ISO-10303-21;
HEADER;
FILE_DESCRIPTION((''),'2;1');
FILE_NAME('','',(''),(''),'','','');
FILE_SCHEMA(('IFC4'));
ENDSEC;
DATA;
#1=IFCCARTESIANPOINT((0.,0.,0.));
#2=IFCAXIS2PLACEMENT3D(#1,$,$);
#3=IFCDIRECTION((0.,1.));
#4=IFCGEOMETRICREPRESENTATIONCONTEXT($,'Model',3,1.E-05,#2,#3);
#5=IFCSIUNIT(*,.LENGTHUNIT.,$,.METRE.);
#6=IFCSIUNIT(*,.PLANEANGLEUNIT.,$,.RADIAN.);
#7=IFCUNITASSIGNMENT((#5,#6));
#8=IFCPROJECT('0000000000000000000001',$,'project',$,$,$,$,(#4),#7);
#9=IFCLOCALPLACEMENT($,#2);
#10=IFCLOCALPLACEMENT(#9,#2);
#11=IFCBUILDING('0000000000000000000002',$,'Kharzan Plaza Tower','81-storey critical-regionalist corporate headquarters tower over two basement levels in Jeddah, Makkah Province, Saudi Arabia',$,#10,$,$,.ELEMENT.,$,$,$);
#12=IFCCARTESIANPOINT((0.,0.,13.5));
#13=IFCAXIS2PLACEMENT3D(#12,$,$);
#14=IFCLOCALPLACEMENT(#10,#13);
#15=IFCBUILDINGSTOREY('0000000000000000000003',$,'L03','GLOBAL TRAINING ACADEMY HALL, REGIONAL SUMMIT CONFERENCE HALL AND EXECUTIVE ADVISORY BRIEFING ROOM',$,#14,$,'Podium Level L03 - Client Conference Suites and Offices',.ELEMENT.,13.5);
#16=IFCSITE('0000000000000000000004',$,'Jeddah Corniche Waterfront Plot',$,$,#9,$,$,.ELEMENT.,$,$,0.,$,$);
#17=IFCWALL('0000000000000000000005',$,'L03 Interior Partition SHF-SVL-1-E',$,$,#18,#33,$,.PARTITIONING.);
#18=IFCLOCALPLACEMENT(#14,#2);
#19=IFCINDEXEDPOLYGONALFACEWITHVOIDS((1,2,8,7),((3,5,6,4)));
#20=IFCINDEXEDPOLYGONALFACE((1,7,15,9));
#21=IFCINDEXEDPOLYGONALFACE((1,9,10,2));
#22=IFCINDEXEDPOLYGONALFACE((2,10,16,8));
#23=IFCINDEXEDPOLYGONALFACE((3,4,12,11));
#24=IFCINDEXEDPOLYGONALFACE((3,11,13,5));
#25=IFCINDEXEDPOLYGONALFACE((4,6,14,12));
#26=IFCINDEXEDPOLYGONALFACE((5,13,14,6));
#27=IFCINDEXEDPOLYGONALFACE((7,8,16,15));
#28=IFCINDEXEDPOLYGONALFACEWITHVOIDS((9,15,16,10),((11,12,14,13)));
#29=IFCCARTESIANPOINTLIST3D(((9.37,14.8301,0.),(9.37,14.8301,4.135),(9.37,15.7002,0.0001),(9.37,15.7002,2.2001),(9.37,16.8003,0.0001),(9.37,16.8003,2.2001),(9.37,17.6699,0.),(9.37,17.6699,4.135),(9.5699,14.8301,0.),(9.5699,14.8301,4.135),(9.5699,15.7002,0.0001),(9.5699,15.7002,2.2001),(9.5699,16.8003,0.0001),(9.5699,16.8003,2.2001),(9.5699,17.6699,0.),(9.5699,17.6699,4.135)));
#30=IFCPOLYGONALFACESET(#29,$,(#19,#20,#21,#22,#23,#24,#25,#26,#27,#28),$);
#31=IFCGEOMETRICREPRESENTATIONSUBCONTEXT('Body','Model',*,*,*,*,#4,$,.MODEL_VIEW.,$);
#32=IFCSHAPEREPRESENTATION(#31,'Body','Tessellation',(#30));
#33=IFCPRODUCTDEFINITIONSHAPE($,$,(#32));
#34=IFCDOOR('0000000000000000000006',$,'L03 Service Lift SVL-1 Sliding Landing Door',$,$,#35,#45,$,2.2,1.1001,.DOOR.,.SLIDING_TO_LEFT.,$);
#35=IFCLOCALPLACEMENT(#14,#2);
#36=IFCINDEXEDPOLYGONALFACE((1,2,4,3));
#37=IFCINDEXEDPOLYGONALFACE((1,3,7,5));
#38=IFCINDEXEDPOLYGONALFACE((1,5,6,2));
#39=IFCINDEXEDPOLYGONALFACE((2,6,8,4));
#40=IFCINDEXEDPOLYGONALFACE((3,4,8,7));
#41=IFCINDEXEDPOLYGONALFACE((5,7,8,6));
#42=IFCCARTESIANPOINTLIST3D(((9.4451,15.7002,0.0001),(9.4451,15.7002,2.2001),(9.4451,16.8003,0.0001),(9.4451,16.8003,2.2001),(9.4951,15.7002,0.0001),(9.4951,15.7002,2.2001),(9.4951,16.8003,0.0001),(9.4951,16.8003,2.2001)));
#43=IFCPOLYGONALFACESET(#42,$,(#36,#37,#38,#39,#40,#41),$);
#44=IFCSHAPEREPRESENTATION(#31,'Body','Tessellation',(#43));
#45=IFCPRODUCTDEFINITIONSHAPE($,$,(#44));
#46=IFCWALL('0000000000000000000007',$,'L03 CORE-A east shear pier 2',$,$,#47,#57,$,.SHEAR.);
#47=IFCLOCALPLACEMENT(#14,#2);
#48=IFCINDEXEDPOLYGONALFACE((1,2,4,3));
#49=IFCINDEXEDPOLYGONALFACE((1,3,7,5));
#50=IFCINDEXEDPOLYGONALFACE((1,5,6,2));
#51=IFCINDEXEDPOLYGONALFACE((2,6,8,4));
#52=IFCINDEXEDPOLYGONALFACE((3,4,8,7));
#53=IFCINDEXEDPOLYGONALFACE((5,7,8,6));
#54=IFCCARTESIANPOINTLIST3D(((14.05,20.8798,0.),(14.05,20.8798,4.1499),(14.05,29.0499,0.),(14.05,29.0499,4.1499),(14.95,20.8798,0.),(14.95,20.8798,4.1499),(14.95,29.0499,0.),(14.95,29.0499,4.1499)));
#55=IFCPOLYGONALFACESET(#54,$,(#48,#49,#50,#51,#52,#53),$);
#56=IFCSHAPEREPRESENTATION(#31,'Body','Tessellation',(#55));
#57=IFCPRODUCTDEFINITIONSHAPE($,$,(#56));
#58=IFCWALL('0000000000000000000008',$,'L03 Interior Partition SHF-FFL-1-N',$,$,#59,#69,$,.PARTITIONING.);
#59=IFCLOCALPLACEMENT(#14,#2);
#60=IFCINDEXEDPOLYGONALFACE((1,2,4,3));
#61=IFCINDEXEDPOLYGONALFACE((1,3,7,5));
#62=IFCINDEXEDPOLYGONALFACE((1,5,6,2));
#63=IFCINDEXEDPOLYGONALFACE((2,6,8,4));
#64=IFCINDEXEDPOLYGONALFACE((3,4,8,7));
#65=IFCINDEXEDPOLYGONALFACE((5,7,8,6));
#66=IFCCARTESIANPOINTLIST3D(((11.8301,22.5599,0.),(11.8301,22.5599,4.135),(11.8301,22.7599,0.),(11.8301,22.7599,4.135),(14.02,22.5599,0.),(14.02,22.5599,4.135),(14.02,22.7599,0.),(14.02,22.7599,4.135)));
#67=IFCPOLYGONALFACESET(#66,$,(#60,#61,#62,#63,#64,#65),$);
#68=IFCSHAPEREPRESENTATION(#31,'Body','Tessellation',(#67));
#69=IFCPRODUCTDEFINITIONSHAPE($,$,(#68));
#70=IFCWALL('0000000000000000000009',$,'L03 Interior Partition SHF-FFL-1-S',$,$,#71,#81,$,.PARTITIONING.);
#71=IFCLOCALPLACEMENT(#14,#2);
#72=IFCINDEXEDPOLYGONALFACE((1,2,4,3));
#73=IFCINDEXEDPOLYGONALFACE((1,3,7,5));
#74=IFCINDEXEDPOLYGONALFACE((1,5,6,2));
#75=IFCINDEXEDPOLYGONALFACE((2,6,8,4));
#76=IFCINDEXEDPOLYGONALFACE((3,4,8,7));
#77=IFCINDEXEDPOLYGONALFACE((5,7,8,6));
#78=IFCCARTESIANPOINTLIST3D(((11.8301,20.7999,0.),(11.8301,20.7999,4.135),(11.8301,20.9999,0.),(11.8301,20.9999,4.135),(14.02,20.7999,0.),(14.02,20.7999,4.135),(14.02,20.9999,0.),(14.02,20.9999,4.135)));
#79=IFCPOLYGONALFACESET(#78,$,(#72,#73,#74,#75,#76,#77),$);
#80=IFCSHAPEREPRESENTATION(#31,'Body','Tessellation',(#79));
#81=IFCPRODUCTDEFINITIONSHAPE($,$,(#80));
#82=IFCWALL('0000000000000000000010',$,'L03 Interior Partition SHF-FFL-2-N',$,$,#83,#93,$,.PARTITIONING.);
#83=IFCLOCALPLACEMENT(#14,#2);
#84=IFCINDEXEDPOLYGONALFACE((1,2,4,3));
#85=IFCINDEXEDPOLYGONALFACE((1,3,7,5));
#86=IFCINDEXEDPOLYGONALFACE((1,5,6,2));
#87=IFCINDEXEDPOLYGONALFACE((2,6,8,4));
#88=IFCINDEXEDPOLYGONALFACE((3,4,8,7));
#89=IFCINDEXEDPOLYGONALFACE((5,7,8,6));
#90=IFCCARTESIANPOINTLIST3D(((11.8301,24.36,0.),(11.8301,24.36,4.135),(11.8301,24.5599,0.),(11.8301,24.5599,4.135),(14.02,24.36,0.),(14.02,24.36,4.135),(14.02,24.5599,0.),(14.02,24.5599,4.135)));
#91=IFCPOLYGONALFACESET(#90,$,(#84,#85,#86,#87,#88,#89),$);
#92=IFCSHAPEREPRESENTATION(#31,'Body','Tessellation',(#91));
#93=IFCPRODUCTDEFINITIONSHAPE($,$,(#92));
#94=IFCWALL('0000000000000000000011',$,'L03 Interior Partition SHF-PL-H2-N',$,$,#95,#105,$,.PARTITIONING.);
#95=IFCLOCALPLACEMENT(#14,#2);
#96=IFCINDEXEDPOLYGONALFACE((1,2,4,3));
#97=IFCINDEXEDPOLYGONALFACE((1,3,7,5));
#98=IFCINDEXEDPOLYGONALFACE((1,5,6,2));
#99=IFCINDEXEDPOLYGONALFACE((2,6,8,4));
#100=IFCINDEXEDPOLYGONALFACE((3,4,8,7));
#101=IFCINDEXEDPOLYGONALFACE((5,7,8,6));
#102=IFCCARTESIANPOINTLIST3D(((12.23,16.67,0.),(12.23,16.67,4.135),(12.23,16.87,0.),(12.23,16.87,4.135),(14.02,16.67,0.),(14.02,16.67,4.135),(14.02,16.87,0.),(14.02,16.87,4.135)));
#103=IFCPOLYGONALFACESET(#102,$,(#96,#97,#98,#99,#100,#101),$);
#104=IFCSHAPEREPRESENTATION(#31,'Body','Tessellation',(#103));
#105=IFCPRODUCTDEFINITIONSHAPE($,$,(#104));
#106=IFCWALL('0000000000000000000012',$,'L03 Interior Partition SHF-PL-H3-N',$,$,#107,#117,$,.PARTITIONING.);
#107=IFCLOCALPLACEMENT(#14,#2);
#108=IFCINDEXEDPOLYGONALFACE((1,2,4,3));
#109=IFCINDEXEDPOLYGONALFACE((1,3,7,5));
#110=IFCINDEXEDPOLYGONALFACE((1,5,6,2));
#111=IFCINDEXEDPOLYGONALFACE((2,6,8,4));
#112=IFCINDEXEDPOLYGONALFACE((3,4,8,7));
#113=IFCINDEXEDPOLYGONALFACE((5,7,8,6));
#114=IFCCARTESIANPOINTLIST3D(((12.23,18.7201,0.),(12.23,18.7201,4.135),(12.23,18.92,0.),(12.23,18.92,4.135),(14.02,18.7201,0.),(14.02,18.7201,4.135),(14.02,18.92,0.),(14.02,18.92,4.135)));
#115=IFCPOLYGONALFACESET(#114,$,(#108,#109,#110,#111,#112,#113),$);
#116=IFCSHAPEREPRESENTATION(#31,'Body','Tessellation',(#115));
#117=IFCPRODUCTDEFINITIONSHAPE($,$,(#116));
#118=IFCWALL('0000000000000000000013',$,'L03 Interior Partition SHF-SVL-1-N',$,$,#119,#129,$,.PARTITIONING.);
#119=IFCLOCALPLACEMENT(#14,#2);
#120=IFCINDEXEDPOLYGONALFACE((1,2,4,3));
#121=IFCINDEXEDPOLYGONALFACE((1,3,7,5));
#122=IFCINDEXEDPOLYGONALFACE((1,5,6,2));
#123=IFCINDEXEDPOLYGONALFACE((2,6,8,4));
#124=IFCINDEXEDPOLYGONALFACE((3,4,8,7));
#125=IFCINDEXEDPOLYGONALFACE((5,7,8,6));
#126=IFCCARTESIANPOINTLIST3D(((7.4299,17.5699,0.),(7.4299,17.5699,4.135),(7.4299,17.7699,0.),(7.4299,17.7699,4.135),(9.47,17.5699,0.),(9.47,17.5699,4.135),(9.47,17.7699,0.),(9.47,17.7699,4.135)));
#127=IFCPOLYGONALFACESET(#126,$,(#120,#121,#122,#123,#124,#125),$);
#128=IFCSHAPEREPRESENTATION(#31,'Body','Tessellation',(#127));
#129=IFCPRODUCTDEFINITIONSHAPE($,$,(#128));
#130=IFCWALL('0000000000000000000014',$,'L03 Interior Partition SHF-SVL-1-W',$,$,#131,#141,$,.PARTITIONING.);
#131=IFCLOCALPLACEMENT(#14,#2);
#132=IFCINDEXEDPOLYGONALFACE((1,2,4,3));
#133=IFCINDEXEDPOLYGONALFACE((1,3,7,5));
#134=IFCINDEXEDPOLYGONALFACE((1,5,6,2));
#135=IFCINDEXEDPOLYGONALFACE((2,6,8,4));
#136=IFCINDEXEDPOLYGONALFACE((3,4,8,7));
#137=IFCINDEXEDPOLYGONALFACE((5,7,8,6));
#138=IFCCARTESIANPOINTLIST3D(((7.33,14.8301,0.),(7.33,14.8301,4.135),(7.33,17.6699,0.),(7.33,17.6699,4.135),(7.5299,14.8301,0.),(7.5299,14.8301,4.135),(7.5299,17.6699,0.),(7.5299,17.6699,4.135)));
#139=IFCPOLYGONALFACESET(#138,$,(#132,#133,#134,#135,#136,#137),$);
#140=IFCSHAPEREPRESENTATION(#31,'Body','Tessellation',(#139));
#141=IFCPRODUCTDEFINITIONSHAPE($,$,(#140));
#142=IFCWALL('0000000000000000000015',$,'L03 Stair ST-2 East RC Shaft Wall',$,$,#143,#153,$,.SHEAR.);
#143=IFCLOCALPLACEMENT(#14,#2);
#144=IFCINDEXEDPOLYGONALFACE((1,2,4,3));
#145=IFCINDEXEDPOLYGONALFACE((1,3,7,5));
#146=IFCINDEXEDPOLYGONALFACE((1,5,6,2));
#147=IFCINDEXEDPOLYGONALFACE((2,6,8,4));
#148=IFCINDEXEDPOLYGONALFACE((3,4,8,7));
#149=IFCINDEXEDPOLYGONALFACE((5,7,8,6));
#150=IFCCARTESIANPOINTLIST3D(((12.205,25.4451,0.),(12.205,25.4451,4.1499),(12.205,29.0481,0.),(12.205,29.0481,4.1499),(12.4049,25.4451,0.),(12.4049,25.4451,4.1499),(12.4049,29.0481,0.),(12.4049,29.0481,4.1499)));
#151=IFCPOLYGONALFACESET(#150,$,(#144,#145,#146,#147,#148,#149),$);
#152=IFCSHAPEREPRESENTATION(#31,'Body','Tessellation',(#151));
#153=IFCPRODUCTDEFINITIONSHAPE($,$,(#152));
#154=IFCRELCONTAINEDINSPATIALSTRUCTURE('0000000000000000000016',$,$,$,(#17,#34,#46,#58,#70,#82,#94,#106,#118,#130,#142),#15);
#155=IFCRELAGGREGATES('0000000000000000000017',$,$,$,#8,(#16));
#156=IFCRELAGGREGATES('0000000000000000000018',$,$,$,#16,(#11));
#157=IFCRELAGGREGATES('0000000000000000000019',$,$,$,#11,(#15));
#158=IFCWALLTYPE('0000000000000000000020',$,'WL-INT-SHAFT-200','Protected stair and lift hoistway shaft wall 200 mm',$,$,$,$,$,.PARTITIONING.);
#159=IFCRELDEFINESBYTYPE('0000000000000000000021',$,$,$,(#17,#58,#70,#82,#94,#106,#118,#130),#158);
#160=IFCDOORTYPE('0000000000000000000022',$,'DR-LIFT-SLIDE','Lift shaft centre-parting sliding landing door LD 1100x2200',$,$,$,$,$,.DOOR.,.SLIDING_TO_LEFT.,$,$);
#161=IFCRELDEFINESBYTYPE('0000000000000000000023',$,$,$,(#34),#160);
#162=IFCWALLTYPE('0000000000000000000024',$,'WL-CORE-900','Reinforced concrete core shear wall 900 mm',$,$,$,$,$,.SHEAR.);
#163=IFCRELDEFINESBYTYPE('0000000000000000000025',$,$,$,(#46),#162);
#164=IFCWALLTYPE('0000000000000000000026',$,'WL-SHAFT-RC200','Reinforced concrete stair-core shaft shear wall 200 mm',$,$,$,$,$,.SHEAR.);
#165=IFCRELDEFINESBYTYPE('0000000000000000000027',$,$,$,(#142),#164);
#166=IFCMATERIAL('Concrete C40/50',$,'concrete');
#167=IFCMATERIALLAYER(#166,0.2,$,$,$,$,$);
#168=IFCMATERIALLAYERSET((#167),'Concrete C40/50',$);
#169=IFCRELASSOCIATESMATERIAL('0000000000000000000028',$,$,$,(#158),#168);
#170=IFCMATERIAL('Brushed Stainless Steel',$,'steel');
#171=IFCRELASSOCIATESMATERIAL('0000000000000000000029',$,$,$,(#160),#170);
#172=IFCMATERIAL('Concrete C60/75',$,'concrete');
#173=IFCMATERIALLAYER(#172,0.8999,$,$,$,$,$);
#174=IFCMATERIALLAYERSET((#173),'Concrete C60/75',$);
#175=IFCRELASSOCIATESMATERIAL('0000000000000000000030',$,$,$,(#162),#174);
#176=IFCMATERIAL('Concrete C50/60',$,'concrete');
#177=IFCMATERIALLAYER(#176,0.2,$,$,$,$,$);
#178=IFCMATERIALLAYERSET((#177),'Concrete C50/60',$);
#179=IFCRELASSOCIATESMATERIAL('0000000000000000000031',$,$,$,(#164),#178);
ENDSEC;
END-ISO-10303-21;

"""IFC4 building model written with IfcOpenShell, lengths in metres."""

from ifc_helpers import new_model, si_unit, direction, frame, frame_2d, origin, place, context, subcontext, project, spatial, rectangle, extrude, source, transform, mapped, material, layer, layer_set, type_object, element, fill, save


model = new_model("IFC4")

# Units and contexts
model_context = context("Model", 3, precision=1e-05, world=origin(), true_north=direction((0.0, 1.0)))
body_context = subcontext(model_context, "Body", "Model", "MODEL_VIEW")
ifc_project = project(units=[si_unit("LENGTHUNIT", "METRE"), si_unit("PLANEANGLEUNIT", "RADIAN")], contexts=[model_context])

# Site, building, storey
site_placement = place(None, origin())
site = spatial("IfcSite", under=ifc_project, at=site_placement, Name="Jeddah Corniche Waterfront Plot", CompositionType="ELEMENT", RefElevation=0.0)
building_placement = place(site_placement, origin())
building = spatial("IfcBuilding", under=site, at=building_placement, Name="Kharzan Plaza Tower", Description="81-storey critical-regionalist corporate headquarters tower over two basement levels in Jeddah, Makkah Province, Saudi Arabia", CompositionType="ELEMENT")
storey_placement = place(building_placement, frame((0.0, 0.0, 13.5)))
storey = spatial("IfcBuildingStorey", under=building, at=storey_placement, Name="L03", Description="GLOBAL TRAINING ACADEMY HALL, REGIONAL SUMMIT CONFERENCE HALL AND EXECUTIVE ADVISORY BRIEFING ROOM", LongName="Podium Level L03 - Client Conference Suites and Offices", CompositionType="ELEMENT", Elevation=13.5)

# Shared definitions
ifc_material_1 = material(Name="Concrete C60/75", Category="concrete")

# Wall, opening, door
ifc_material_2 = material(Name="Concrete C40/50", Category="concrete")
ifc_layer_1 = layer(ifc_material_2, 0.2)
ifc_layer_set_1 = layer_set([ifc_layer_1], Name="Concrete C40/50")
wall_type_1 = type_object("IfcWallType", Name="WL-INT-SHAFT-200", Description="Protected stair and lift hoistway shaft wall 200 mm", PredefinedType="PARTITIONING", material=ifc_layer_set_1)
ifc_material_3 = material(Name="Brushed Stainless Steel", Category="steel")
door_type_1 = type_object("IfcDoorType", Name="DR-LIFT-SLIDE", Description="Lift shaft centre-parting sliding landing door LD 1100x2200", OperationType="SLIDING_TO_LEFT", PredefinedType="DOOR", material=ifc_material_3)
shared_shape_1 = source(origin(), body_context, "Body", "SweptSolid", [
    extrude(rectangle(XDim=1.1001, YDim=2.2, at=frame_2d((0.55, 1.1001))), frame((0.0, 0.0249, 0.0), z_axis=(0.0, -1.0, 0.0), x_axis=(1.0, 0.0, 0.0)), (0.0, 0.0, 1.0), 0.05),
])
wall_1_placement = place(storey_placement, frame((9.47, 14.8301, 0.0), z_axis=(0.0, 0.0, 1.0), x_axis=(0.0, 1.0, 0.0)))
wall_1 = element("IfcWall", 1, at=wall_1_placement, inside=storey, type_object=wall_type_1, Name="L03 Interior Partition SHF-SVL-1-E", PredefinedType="PARTITIONING", context=body_context, shape_type="SweptSolid", body=[
    extrude(rectangle(XDim=2.8398, YDim=0.2, at=frame_2d((1.4199, 0.0))), origin(), (0.0, 0.0, 1.0), 4.135),
])
opening_1_placement = place(wall_1_placement, frame((0.8701, 0.0, 0.0)))
opening_1 = element("IfcOpeningElement", 2, at=opening_1_placement, cuts=wall_1, PredefinedType="OPENING", context=body_context, shape_type="SweptSolid", body=[
    extrude(rectangle(XDim=1.1001, YDim=2.2, at=frame_2d((0.55, 1.1001))), frame((0.0, 0.1099, 0.0), z_axis=(0.0, -1.0, 0.0), x_axis=(1.0, 0.0, 0.0)), (0.0, 0.0, 1.0), 0.22),
])
door_1_placement = place(opening_1_placement, origin())
door_1 = element("IfcDoor", 3, at=door_1_placement, inside=storey, type_object=door_type_1, Name="L03 Service Lift SVL-1 Sliding Landing Door", OperationType="SLIDING_TO_LEFT", OverallHeight=2.2, OverallWidth=1.1001, PredefinedType="DOOR", context=body_context, shape_type="MappedRepresentation", body=[
    mapped(shared_shape_1, transform((0.0, 0.0, 0.0), x_axis=(1.0, 0.0, 0.0), y_axis=(0.0, 1.0, 0.0), z_axis=(0.0, 0.0, 1.0))),
])
fill(opening_1, door_1)

# Walls
ifc_layer_2 = layer(ifc_material_1, 0.8999)
ifc_layer_set_2 = layer_set([ifc_layer_2], Name="Concrete C60/75")
wall_type_2 = type_object("IfcWallType", Name="WL-CORE-900", Description="Reinforced concrete core shear wall 900 mm", PredefinedType="SHEAR", material=ifc_layer_set_2)
shared_shape_2 = source(origin(), body_context, "Body", "SweptSolid", [
    extrude(rectangle(XDim=8.1702, YDim=0.8999, at=frame_2d((4.085, 0.0))), origin(), (0.0, 0.0, 1.0), 4.1499),
])
wall_2_placement = place(storey_placement, frame((14.5, 20.8799, 0.0), z_axis=(0.0, 0.0, 1.0), x_axis=(0.0, 1.0, 0.0)))
element("IfcWall", 4, at=wall_2_placement, inside=storey, type_object=wall_type_2, Name="L03 CORE-A east shear pier 2", PredefinedType="SHEAR", context=body_context, shape_type="MappedRepresentation", body=[
    mapped(shared_shape_2, transform((0.0, 0.0, 0.0), x_axis=(1.0, 0.0, 0.0), y_axis=(0.0, 1.0, 0.0), z_axis=(0.0, 0.0, 1.0))),
])
shared_shape_3 = source(origin(), body_context, "Body", "SweptSolid", [
    extrude(rectangle(XDim=2.1899, YDim=0.2, at=frame_2d((1.095, 0.0))), origin(), (0.0, 0.0, 1.0), 4.135),
])
for number, where, z_axis, x_axis, name in (
    (5, (11.8301, 22.6599, 0.0), (0.0, 0.0, 1.0), (1.0, 0.0, 0.0), "L03 Interior Partition SHF-FFL-1-N"),
    (6, (11.8301, 20.8999, 0.0), (0.0, 0.0, 1.0), (1.0, 0.0, 0.0), "L03 Interior Partition SHF-FFL-1-S"),
    (7, (11.8301, 24.46, 0.0), (0.0, 0.0, 1.0), (1.0, 0.0, 0.0), "L03 Interior Partition SHF-FFL-2-N"),
):
    element("IfcWall", number, at=place(storey_placement, frame(where, z_axis=z_axis, x_axis=x_axis)), inside=storey, type_object=wall_type_1, Name=name, PredefinedType="PARTITIONING", context=body_context, shape_type="MappedRepresentation", body=[
        mapped(shared_shape_3, transform((0.0, 0.0, 0.0), x_axis=(1.0, 0.0, 0.0), y_axis=(0.0, 1.0, 0.0), z_axis=(0.0, 0.0, 1.0))),
    ])
shared_shape_4 = source(origin(), body_context, "Body", "SweptSolid", [
    extrude(rectangle(XDim=1.79, YDim=0.2, at=frame_2d((0.895, 0.0))), origin(), (0.0, 0.0, 1.0), 4.135),
])
for number, where, z_axis, x_axis, name in (
    (8, (12.23, 16.77, 0.0), (0.0, 0.0, 1.0), (1.0, 0.0, 0.0), "L03 Interior Partition SHF-PL-H2-N"),
    (9, (12.23, 18.8201, 0.0), (0.0, 0.0, 1.0), (1.0, 0.0, 0.0), "L03 Interior Partition SHF-PL-H3-N"),
):
    element("IfcWall", number, at=place(storey_placement, frame(where, z_axis=z_axis, x_axis=x_axis)), inside=storey, type_object=wall_type_1, Name=name, PredefinedType="PARTITIONING", context=body_context, shape_type="MappedRepresentation", body=[
        mapped(shared_shape_4, transform((0.0, 0.0, 0.0), x_axis=(1.0, 0.0, 0.0), y_axis=(0.0, 1.0, 0.0), z_axis=(0.0, 0.0, 1.0))),
    ])
shared_shape_5 = source(origin(), body_context, "Body", "SweptSolid", [
    extrude(rectangle(XDim=2.04, YDim=0.2, at=frame_2d((1.02, 0.0))), origin(), (0.0, 0.0, 1.0), 4.135),
])
wall_3_placement = place(storey_placement, frame((7.4299, 17.6699, 0.0), z_axis=(0.0, 0.0, 1.0), x_axis=(1.0, 0.0, 0.0)))
element("IfcWall", 10, at=wall_3_placement, inside=storey, type_object=wall_type_1, Name="L03 Interior Partition SHF-SVL-1-N", PredefinedType="PARTITIONING", context=body_context, shape_type="MappedRepresentation", body=[
    mapped(shared_shape_5, transform((0.0, 0.0, 0.0), x_axis=(1.0, 0.0, 0.0), y_axis=(0.0, 1.0, 0.0), z_axis=(0.0, 0.0, 1.0))),
])
shared_shape_6 = source(origin(), body_context, "Body", "SweptSolid", [
    extrude(rectangle(XDim=2.8398, YDim=0.2, at=frame_2d((1.4199, 0.0))), origin(), (0.0, 0.0, 1.0), 4.135),
])
wall_4_placement = place(storey_placement, frame((7.4299, 14.8301, 0.0), z_axis=(0.0, 0.0, 1.0), x_axis=(0.0, 1.0, 0.0)))
element("IfcWall", 11, at=wall_4_placement, inside=storey, type_object=wall_type_1, Name="L03 Interior Partition SHF-SVL-1-W", PredefinedType="PARTITIONING", context=body_context, shape_type="MappedRepresentation", body=[
    mapped(shared_shape_6, transform((0.0, 0.0, 0.0), x_axis=(1.0, 0.0, 0.0), y_axis=(0.0, 1.0, 0.0), z_axis=(0.0, 0.0, 1.0))),
])
ifc_material_4 = material(Name="Concrete C50/60", Category="concrete")
ifc_layer_3 = layer(ifc_material_4, 0.2)
ifc_layer_set_3 = layer_set([ifc_layer_3], Name="Concrete C50/60")
wall_type_3 = type_object("IfcWallType", Name="WL-SHAFT-RC200", Description="Reinforced concrete stair-core shaft shear wall 200 mm", PredefinedType="SHEAR", material=ifc_layer_set_3)
shared_shape_7 = source(origin(), body_context, "Body", "SweptSolid", [
    extrude(rectangle(XDim=3.603, YDim=0.2, at=frame_2d((1.8015, 0.0))), origin(), (0.0, 0.0, 1.0), 4.1499),
])
wall_5_placement = place(storey_placement, frame((12.3049, 25.4451, 0.0), z_axis=(0.0, 0.0, 1.0), x_axis=(0.0, 1.0, 0.0)))
element("IfcWall", 12, at=wall_5_placement, inside=storey, type_object=wall_type_3, Name="L03 Stair ST-2 East RC Shaft Wall", PredefinedType="SHEAR", context=body_context, shape_type="MappedRepresentation", body=[
    mapped(shared_shape_7, transform((0.0, 0.0, 0.0), x_axis=(1.0, 0.0, 0.0), y_axis=(0.0, 1.0, 0.0), z_axis=(0.0, 0.0, 1.0))),
])

save(model, "model.ifc")
